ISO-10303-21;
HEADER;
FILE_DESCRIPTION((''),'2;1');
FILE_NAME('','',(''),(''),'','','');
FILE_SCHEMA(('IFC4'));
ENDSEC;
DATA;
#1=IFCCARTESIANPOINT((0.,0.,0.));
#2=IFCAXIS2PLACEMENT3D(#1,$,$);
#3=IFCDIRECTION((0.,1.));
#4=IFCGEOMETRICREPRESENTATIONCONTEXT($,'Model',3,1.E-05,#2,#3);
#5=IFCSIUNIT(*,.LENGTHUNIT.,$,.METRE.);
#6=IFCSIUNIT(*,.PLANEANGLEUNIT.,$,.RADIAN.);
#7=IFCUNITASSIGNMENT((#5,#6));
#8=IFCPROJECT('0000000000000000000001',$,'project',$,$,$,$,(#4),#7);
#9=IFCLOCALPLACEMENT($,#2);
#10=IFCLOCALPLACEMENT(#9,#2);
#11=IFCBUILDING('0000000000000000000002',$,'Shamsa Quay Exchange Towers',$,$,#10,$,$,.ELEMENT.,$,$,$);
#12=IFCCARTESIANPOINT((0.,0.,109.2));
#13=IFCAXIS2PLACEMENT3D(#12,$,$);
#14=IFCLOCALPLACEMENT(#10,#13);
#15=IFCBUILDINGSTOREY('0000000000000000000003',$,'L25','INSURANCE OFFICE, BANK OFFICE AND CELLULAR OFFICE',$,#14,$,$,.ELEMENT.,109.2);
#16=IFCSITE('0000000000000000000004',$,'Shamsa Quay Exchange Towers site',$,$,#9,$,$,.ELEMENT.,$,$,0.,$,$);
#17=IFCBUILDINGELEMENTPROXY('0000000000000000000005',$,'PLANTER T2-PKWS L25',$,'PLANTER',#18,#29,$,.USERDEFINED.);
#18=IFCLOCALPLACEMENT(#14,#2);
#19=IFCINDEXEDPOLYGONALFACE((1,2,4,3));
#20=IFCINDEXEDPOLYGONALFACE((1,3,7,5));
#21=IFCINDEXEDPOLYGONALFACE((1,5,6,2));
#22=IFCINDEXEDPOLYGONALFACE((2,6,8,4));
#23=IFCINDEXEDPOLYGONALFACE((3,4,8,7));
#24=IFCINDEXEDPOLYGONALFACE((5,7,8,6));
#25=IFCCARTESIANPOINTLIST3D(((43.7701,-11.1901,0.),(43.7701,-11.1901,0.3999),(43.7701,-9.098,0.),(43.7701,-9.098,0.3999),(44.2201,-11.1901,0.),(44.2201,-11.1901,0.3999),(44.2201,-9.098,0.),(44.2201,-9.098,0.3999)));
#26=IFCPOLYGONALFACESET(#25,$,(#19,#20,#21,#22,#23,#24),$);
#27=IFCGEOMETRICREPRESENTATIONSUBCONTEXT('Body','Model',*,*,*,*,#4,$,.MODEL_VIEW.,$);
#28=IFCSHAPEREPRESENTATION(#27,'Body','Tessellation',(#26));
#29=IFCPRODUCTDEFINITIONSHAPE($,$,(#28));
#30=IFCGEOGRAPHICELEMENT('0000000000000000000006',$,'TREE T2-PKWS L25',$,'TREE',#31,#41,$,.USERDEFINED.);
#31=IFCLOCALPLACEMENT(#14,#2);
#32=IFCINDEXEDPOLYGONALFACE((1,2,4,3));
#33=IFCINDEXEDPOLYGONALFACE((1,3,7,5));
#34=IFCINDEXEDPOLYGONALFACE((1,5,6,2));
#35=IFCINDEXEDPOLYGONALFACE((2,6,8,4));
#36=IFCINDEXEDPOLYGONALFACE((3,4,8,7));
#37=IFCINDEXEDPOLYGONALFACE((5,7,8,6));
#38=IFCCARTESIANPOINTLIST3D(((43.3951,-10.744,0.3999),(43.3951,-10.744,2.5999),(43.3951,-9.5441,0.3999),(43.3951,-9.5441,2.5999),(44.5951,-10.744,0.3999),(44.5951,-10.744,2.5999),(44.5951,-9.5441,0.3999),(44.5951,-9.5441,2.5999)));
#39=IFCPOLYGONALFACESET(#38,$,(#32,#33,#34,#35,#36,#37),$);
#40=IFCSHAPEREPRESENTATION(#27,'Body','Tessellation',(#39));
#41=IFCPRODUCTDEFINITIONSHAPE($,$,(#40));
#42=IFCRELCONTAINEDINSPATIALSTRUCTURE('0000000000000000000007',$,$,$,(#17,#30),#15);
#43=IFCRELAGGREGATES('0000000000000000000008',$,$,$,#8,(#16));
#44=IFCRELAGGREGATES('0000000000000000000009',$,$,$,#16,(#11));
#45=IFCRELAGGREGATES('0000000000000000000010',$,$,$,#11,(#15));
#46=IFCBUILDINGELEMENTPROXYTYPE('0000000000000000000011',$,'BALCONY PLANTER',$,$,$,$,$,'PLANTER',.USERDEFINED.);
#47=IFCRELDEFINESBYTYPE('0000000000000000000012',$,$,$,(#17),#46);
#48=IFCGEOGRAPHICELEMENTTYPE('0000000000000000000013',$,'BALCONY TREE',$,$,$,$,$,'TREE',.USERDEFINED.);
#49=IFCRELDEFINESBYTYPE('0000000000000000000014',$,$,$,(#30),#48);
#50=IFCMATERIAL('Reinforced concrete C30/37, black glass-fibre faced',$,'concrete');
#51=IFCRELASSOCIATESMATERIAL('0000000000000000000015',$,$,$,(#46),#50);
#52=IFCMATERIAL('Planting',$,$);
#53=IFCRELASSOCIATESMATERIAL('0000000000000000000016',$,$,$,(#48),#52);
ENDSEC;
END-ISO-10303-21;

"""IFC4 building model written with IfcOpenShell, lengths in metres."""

from ifc_helpers import new_model, si_unit, direction, frame, origin, origin_2d, place, context, subcontext, project, spatial, rectangle, extrude, material, type_object, element, save


model = new_model("IFC4")

# Units and contexts
model_context = context("Model", 3, precision=1e-05, world=origin(), true_north=direction((0.0, 1.0)))
body_context = subcontext(model_context, "Body", "Model", "MODEL_VIEW")
ifc_project = project(units=[si_unit("LENGTHUNIT", "METRE"), si_unit("PLANEANGLEUNIT", "RADIAN")], contexts=[model_context])

# Site, building, storey
site_placement = place(None, origin())
site = spatial("IfcSite", under=ifc_project, at=site_placement, Name="Shamsa Quay Exchange Towers site", CompositionType="ELEMENT", RefElevation=0.0)
building_placement = place(site_placement, origin())
building = spatial("IfcBuilding", under=site, at=building_placement, Name="Shamsa Quay Exchange Towers", CompositionType="ELEMENT")
storey_placement = place(building_placement, frame((0.0, 0.0, 109.2)))
storey = spatial("IfcBuildingStorey", under=building, at=storey_placement, Name="L25", Description="INSURANCE OFFICE, BANK OFFICE AND CELLULAR OFFICE", CompositionType="ELEMENT", Elevation=109.2)

# Building element proxy
ifc_material_1 = material(Name="Reinforced concrete C30/37, black glass-fibre faced", Category="concrete")
building_element_proxy_type = type_object("IfcBuildingElementProxyType", Name="BALCONY PLANTER", ElementType="PLANTER", PredefinedType="USERDEFINED", material=ifc_material_1)
proxy_placement = place(storey_placement, frame((43.9951, -10.144, 0.0), z_axis=(0.0, 0.0, 1.0), x_axis=(0.0, 1.0, 0.0)))
element("IfcBuildingElementProxy", 1, at=proxy_placement, inside=storey, type_object=building_element_proxy_type, Name="PLANTER T2-PKWS L25", ObjectType="PLANTER", PredefinedType="USERDEFINED", context=body_context, shape_type="SweptSolid", body=[
    extrude(rectangle(XDim=2.092, YDim=0.45, at=origin_2d()), origin(), (0.0, 0.0, 1.0), 0.3999),
])

# Geographic element
ifc_material_2 = material(Name="Planting")
geographic_element_type = type_object("IfcGeographicElementType", Name="BALCONY TREE", ElementType="TREE", PredefinedType="USERDEFINED", material=ifc_material_2)
geographic_element_placement = place(storey_placement, frame((43.9951, -10.144, 0.3999), z_axis=(0.0, 0.0, 1.0), x_axis=(0.0, 1.0, 0.0)))
element("IfcGeographicElement", 2, at=geographic_element_placement, inside=storey, type_object=geographic_element_type, Name="TREE T2-PKWS L25", ObjectType="TREE", PredefinedType="USERDEFINED", context=body_context, shape_type="SweptSolid", body=[
    extrude(rectangle(XDim=1.2, YDim=1.2, at=origin_2d()), origin(), (0.0, 0.0, 1.0), 2.2),
])

save(model, "model.ifc")
